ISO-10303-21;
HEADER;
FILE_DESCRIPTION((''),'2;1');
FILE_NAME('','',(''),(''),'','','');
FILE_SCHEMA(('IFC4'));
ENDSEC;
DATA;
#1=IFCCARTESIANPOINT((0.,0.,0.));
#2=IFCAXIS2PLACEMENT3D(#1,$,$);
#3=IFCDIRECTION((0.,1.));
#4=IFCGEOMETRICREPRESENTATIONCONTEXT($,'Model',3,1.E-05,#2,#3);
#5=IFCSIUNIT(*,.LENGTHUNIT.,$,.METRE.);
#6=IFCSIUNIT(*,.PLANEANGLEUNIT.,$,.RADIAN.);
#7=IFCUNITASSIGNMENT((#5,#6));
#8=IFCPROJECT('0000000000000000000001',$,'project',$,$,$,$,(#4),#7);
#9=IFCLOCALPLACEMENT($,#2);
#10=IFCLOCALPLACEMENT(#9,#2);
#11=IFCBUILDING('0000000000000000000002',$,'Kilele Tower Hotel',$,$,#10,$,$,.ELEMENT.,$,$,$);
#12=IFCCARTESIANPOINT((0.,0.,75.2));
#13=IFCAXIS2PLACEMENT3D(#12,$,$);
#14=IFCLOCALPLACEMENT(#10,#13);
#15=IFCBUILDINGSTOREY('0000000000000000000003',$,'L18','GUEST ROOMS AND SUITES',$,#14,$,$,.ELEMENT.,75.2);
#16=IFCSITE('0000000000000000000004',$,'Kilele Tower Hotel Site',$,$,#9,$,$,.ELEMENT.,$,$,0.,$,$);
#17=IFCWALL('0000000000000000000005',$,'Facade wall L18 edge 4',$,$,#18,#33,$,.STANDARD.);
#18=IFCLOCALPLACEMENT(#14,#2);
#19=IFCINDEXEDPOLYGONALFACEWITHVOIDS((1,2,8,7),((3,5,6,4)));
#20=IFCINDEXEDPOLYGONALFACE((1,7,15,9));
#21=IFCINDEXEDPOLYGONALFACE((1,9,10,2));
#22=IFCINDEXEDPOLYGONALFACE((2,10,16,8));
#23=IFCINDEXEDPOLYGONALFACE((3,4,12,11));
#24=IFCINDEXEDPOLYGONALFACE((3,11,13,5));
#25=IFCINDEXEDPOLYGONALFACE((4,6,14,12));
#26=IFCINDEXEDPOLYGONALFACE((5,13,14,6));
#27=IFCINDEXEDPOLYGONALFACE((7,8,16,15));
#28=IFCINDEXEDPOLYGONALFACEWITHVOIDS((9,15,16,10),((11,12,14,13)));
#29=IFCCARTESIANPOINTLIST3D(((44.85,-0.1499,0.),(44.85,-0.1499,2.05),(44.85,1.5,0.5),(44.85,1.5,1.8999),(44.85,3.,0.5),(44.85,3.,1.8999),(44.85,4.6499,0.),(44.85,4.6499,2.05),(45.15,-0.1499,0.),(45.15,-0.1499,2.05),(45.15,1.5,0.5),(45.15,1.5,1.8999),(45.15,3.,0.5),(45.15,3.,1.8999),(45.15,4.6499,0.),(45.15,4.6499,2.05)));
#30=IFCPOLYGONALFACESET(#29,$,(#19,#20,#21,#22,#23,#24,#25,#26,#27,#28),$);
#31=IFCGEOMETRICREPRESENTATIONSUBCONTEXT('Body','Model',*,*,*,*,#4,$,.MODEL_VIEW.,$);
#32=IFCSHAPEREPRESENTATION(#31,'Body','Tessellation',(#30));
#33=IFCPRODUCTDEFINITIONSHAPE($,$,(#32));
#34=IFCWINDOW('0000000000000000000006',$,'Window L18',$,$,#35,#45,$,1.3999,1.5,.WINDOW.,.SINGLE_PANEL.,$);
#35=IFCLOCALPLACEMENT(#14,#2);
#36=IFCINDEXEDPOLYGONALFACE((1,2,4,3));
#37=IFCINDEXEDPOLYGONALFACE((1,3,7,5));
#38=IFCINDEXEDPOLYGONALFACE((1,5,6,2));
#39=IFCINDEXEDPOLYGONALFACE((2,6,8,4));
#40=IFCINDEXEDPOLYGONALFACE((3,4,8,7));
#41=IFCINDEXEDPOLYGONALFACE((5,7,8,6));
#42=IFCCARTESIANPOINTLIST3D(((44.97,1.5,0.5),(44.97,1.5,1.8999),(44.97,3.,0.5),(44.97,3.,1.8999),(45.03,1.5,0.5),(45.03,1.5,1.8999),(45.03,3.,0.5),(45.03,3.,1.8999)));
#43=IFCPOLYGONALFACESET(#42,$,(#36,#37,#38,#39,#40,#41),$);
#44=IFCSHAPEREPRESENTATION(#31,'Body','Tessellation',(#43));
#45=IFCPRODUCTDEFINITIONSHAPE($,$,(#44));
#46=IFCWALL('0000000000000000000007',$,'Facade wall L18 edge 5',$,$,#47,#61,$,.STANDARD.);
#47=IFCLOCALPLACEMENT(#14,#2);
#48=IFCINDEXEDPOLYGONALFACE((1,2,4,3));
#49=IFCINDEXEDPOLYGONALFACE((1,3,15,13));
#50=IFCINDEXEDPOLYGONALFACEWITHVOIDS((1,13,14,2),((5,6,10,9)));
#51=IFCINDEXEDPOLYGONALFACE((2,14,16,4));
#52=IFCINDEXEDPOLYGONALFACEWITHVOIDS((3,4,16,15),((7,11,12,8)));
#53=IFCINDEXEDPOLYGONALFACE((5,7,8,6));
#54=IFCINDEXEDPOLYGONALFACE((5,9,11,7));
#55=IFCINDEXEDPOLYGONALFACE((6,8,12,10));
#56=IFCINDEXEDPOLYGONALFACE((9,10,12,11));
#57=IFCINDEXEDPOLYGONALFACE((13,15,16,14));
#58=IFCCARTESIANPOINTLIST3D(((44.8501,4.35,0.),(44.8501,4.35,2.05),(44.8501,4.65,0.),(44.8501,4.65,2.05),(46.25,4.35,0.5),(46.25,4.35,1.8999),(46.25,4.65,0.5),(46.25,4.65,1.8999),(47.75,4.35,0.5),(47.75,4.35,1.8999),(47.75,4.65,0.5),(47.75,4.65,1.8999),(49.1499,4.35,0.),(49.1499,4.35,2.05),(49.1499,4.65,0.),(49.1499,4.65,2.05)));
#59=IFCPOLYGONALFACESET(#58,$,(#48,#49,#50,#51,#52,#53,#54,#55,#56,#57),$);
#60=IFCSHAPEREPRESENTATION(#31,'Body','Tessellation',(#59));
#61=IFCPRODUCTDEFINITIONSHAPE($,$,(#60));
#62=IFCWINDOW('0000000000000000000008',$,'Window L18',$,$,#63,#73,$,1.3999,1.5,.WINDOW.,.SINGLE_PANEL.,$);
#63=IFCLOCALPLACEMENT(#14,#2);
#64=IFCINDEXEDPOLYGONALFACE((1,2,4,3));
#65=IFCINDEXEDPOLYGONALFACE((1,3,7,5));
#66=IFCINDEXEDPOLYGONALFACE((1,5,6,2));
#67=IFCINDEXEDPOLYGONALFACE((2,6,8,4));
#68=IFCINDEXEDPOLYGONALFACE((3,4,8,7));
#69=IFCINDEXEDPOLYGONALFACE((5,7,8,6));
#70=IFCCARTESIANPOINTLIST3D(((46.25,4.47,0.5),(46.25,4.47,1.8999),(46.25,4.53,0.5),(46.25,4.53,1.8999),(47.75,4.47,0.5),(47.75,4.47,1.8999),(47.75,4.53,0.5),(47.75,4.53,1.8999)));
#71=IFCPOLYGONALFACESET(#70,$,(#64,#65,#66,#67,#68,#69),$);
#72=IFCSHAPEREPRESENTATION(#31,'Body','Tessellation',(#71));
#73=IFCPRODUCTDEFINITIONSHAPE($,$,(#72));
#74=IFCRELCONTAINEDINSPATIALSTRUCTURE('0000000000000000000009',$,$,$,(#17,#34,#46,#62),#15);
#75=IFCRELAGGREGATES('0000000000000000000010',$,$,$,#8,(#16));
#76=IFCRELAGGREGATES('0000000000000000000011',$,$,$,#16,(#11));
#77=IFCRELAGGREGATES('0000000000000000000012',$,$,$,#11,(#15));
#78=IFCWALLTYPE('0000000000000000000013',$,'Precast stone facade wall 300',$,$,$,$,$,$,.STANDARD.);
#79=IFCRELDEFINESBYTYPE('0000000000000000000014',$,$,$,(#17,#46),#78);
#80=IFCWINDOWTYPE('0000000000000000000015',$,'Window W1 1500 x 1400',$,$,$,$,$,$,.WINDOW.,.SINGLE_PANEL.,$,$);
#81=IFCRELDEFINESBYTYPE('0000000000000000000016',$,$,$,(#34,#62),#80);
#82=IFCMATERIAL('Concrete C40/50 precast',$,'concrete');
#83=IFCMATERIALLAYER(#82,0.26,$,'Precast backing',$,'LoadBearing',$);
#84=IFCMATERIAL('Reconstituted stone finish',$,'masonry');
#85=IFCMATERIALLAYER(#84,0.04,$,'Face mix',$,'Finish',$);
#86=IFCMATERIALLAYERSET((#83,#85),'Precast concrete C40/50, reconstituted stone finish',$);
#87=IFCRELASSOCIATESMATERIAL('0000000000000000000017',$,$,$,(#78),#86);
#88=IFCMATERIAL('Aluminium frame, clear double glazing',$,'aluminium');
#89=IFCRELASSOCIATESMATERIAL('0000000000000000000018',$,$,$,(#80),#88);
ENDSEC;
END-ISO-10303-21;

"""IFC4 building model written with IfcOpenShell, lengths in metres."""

from ifc_helpers import new_model, si_unit, direction, frame, frame_2d, origin, place, context, subcontext, project, spatial, rectangle, extrude, material, layer, layer_set, type_object, element, fill, save


model = new_model("IFC4")

# Units and contexts
model_context = context("Model", 3, precision=1e-05, world=origin(), true_north=direction((0.0, 1.0)))
body_context = subcontext(model_context, "Body", "Model", "MODEL_VIEW")
ifc_project = project(units=[si_unit("LENGTHUNIT", "METRE"), si_unit("PLANEANGLEUNIT", "RADIAN")], contexts=[model_context])

# Site, building, storey
site_placement = place(None, origin())
site = spatial("IfcSite", under=ifc_project, at=site_placement, Name="Kilele Tower Hotel Site", CompositionType="ELEMENT", RefElevation=0.0)
building_placement = place(site_placement, origin())
building = spatial("IfcBuilding", under=site, at=building_placement, Name="Kilele Tower Hotel", CompositionType="ELEMENT")
storey_placement = place(building_placement, frame((0.0, 0.0, 75.2)))
storey = spatial("IfcBuildingStorey", under=building, at=storey_placement, Name="L18", Description="GUEST ROOMS AND SUITES", CompositionType="ELEMENT", Elevation=75.2)

# Walls, openings, windows
ifc_material_1 = material(Name="Concrete C40/50 precast", Category="concrete")
ifc_layer_1 = layer(ifc_material_1, 0.26, Name="Precast backing", Category="LoadBearing")
ifc_material_2 = material(Name="Reconstituted stone finish", Category="masonry")
ifc_layer_2 = layer(ifc_material_2, 0.04, Name="Face mix", Category="Finish")
ifc_layer_set_1 = layer_set([ifc_layer_1, ifc_layer_2], Name="Precast concrete C40/50, reconstituted stone finish")
wall_type_1 = type_object("IfcWallType", Name="Precast stone facade wall 300", PredefinedType="STANDARD", material=ifc_layer_set_1)
wall_1_placement = place(storey_placement, frame((45.0, -0.1499, 0.0), z_axis=(0.0, 0.0, 1.0), x_axis=(0.0, 1.0, 0.0)))
wall_1 = element("IfcWall", 1, at=wall_1_placement, inside=storey, type_object=wall_type_1, Name="Facade wall L18 edge 4", PredefinedType="STANDARD", context=body_context, shape_type="SweptSolid", body=[
    extrude(rectangle(XDim=4.7998, YDim=0.3, at=frame_2d((2.3999, 0.0))), origin(), (0.0, 0.0, 1.0), 2.05),
])
opening_1_placement = place(wall_1_placement, frame((1.6499, 0.0, 0.5)))
opening_1 = element("IfcOpeningElement", 2, at=opening_1_placement, cuts=wall_1, PredefinedType="OPENING", context=body_context, shape_type="SweptSolid", body=[
    extrude(rectangle(XDim=1.5, YDim=1.3999, at=frame_2d((0.75, 0.7))), frame((0.0, 0.1599, 0.0), z_axis=(0.0, -1.0, 0.0), x_axis=(1.0, 0.0, 0.0)), (0.0, 0.0, 1.0), 0.3201),
])
ifc_material_3 = material(Name="Aluminium frame, clear double glazing", Category="aluminium")
window_type = type_object("IfcWindowType", Name="Window W1 1500 x 1400", PartitioningType="SINGLE_PANEL", PredefinedType="WINDOW", material=ifc_material_3)
window_1_placement = place(opening_1_placement, origin())
window_1 = element("IfcWindow", 3, at=window_1_placement, inside=storey, type_object=window_type, Name="Window L18", OverallHeight=1.3999, OverallWidth=1.5, PartitioningType="SINGLE_PANEL", PredefinedType="WINDOW", context=body_context, shape_type="SweptSolid", body=[
    extrude(rectangle(XDim=1.5, YDim=1.3999, at=frame_2d((0.75, 0.7))), frame((0.0, 0.03, 0.0), z_axis=(0.0, -1.0, 0.0), x_axis=(1.0, 0.0, 0.0)), (0.0, 0.0, 1.0), 0.0601),
])
fill(opening_1, window_1)
wall_2_placement = place(storey_placement, frame((44.8501, 4.5, 0.0), z_axis=(0.0, 0.0, 1.0), x_axis=(1.0, 0.0, 0.0)))
wall_2 = element("IfcWall", 4, at=wall_2_placement, inside=storey, type_object=wall_type_1, Name="Facade wall L18 edge 5", PredefinedType="STANDARD", context=body_context, shape_type="SweptSolid", body=[
    extrude(rectangle(XDim=4.2998, YDim=0.3, at=frame_2d((2.1499, 0.0))), origin(), (0.0, 0.0, 1.0), 2.05),
])
opening_2_placement = place(wall_2_placement, frame((1.3999, 0.0, 0.5)))
opening_2 = element("IfcOpeningElement", 5, at=opening_2_placement, cuts=wall_2, PredefinedType="OPENING", context=body_context, shape_type="SweptSolid", body=[
    extrude(rectangle(XDim=1.5, YDim=1.3999, at=frame_2d((0.75, 0.7))), frame((0.0, 0.1599, 0.0), z_axis=(0.0, -1.0, 0.0), x_axis=(1.0, 0.0, 0.0)), (0.0, 0.0, 1.0), 0.3201),
])
window_2_placement = place(opening_2_placement, origin())
window_2 = element("IfcWindow", 6, at=window_2_placement, inside=storey, type_object=window_type, Name="Window L18", OverallHeight=1.3999, OverallWidth=1.5, PartitioningType="SINGLE_PANEL", PredefinedType="WINDOW", context=body_context, shape_type="SweptSolid", body=[
    extrude(rectangle(XDim=1.5, YDim=1.3999, at=frame_2d((0.75, 0.7))), frame((0.0, 0.03, 0.0), z_axis=(0.0, -1.0, 0.0), x_axis=(1.0, 0.0, 0.0)), (0.0, 0.0, 1.0), 0.0601),
])
fill(opening_2, window_2)

save(model, "model.ifc")
